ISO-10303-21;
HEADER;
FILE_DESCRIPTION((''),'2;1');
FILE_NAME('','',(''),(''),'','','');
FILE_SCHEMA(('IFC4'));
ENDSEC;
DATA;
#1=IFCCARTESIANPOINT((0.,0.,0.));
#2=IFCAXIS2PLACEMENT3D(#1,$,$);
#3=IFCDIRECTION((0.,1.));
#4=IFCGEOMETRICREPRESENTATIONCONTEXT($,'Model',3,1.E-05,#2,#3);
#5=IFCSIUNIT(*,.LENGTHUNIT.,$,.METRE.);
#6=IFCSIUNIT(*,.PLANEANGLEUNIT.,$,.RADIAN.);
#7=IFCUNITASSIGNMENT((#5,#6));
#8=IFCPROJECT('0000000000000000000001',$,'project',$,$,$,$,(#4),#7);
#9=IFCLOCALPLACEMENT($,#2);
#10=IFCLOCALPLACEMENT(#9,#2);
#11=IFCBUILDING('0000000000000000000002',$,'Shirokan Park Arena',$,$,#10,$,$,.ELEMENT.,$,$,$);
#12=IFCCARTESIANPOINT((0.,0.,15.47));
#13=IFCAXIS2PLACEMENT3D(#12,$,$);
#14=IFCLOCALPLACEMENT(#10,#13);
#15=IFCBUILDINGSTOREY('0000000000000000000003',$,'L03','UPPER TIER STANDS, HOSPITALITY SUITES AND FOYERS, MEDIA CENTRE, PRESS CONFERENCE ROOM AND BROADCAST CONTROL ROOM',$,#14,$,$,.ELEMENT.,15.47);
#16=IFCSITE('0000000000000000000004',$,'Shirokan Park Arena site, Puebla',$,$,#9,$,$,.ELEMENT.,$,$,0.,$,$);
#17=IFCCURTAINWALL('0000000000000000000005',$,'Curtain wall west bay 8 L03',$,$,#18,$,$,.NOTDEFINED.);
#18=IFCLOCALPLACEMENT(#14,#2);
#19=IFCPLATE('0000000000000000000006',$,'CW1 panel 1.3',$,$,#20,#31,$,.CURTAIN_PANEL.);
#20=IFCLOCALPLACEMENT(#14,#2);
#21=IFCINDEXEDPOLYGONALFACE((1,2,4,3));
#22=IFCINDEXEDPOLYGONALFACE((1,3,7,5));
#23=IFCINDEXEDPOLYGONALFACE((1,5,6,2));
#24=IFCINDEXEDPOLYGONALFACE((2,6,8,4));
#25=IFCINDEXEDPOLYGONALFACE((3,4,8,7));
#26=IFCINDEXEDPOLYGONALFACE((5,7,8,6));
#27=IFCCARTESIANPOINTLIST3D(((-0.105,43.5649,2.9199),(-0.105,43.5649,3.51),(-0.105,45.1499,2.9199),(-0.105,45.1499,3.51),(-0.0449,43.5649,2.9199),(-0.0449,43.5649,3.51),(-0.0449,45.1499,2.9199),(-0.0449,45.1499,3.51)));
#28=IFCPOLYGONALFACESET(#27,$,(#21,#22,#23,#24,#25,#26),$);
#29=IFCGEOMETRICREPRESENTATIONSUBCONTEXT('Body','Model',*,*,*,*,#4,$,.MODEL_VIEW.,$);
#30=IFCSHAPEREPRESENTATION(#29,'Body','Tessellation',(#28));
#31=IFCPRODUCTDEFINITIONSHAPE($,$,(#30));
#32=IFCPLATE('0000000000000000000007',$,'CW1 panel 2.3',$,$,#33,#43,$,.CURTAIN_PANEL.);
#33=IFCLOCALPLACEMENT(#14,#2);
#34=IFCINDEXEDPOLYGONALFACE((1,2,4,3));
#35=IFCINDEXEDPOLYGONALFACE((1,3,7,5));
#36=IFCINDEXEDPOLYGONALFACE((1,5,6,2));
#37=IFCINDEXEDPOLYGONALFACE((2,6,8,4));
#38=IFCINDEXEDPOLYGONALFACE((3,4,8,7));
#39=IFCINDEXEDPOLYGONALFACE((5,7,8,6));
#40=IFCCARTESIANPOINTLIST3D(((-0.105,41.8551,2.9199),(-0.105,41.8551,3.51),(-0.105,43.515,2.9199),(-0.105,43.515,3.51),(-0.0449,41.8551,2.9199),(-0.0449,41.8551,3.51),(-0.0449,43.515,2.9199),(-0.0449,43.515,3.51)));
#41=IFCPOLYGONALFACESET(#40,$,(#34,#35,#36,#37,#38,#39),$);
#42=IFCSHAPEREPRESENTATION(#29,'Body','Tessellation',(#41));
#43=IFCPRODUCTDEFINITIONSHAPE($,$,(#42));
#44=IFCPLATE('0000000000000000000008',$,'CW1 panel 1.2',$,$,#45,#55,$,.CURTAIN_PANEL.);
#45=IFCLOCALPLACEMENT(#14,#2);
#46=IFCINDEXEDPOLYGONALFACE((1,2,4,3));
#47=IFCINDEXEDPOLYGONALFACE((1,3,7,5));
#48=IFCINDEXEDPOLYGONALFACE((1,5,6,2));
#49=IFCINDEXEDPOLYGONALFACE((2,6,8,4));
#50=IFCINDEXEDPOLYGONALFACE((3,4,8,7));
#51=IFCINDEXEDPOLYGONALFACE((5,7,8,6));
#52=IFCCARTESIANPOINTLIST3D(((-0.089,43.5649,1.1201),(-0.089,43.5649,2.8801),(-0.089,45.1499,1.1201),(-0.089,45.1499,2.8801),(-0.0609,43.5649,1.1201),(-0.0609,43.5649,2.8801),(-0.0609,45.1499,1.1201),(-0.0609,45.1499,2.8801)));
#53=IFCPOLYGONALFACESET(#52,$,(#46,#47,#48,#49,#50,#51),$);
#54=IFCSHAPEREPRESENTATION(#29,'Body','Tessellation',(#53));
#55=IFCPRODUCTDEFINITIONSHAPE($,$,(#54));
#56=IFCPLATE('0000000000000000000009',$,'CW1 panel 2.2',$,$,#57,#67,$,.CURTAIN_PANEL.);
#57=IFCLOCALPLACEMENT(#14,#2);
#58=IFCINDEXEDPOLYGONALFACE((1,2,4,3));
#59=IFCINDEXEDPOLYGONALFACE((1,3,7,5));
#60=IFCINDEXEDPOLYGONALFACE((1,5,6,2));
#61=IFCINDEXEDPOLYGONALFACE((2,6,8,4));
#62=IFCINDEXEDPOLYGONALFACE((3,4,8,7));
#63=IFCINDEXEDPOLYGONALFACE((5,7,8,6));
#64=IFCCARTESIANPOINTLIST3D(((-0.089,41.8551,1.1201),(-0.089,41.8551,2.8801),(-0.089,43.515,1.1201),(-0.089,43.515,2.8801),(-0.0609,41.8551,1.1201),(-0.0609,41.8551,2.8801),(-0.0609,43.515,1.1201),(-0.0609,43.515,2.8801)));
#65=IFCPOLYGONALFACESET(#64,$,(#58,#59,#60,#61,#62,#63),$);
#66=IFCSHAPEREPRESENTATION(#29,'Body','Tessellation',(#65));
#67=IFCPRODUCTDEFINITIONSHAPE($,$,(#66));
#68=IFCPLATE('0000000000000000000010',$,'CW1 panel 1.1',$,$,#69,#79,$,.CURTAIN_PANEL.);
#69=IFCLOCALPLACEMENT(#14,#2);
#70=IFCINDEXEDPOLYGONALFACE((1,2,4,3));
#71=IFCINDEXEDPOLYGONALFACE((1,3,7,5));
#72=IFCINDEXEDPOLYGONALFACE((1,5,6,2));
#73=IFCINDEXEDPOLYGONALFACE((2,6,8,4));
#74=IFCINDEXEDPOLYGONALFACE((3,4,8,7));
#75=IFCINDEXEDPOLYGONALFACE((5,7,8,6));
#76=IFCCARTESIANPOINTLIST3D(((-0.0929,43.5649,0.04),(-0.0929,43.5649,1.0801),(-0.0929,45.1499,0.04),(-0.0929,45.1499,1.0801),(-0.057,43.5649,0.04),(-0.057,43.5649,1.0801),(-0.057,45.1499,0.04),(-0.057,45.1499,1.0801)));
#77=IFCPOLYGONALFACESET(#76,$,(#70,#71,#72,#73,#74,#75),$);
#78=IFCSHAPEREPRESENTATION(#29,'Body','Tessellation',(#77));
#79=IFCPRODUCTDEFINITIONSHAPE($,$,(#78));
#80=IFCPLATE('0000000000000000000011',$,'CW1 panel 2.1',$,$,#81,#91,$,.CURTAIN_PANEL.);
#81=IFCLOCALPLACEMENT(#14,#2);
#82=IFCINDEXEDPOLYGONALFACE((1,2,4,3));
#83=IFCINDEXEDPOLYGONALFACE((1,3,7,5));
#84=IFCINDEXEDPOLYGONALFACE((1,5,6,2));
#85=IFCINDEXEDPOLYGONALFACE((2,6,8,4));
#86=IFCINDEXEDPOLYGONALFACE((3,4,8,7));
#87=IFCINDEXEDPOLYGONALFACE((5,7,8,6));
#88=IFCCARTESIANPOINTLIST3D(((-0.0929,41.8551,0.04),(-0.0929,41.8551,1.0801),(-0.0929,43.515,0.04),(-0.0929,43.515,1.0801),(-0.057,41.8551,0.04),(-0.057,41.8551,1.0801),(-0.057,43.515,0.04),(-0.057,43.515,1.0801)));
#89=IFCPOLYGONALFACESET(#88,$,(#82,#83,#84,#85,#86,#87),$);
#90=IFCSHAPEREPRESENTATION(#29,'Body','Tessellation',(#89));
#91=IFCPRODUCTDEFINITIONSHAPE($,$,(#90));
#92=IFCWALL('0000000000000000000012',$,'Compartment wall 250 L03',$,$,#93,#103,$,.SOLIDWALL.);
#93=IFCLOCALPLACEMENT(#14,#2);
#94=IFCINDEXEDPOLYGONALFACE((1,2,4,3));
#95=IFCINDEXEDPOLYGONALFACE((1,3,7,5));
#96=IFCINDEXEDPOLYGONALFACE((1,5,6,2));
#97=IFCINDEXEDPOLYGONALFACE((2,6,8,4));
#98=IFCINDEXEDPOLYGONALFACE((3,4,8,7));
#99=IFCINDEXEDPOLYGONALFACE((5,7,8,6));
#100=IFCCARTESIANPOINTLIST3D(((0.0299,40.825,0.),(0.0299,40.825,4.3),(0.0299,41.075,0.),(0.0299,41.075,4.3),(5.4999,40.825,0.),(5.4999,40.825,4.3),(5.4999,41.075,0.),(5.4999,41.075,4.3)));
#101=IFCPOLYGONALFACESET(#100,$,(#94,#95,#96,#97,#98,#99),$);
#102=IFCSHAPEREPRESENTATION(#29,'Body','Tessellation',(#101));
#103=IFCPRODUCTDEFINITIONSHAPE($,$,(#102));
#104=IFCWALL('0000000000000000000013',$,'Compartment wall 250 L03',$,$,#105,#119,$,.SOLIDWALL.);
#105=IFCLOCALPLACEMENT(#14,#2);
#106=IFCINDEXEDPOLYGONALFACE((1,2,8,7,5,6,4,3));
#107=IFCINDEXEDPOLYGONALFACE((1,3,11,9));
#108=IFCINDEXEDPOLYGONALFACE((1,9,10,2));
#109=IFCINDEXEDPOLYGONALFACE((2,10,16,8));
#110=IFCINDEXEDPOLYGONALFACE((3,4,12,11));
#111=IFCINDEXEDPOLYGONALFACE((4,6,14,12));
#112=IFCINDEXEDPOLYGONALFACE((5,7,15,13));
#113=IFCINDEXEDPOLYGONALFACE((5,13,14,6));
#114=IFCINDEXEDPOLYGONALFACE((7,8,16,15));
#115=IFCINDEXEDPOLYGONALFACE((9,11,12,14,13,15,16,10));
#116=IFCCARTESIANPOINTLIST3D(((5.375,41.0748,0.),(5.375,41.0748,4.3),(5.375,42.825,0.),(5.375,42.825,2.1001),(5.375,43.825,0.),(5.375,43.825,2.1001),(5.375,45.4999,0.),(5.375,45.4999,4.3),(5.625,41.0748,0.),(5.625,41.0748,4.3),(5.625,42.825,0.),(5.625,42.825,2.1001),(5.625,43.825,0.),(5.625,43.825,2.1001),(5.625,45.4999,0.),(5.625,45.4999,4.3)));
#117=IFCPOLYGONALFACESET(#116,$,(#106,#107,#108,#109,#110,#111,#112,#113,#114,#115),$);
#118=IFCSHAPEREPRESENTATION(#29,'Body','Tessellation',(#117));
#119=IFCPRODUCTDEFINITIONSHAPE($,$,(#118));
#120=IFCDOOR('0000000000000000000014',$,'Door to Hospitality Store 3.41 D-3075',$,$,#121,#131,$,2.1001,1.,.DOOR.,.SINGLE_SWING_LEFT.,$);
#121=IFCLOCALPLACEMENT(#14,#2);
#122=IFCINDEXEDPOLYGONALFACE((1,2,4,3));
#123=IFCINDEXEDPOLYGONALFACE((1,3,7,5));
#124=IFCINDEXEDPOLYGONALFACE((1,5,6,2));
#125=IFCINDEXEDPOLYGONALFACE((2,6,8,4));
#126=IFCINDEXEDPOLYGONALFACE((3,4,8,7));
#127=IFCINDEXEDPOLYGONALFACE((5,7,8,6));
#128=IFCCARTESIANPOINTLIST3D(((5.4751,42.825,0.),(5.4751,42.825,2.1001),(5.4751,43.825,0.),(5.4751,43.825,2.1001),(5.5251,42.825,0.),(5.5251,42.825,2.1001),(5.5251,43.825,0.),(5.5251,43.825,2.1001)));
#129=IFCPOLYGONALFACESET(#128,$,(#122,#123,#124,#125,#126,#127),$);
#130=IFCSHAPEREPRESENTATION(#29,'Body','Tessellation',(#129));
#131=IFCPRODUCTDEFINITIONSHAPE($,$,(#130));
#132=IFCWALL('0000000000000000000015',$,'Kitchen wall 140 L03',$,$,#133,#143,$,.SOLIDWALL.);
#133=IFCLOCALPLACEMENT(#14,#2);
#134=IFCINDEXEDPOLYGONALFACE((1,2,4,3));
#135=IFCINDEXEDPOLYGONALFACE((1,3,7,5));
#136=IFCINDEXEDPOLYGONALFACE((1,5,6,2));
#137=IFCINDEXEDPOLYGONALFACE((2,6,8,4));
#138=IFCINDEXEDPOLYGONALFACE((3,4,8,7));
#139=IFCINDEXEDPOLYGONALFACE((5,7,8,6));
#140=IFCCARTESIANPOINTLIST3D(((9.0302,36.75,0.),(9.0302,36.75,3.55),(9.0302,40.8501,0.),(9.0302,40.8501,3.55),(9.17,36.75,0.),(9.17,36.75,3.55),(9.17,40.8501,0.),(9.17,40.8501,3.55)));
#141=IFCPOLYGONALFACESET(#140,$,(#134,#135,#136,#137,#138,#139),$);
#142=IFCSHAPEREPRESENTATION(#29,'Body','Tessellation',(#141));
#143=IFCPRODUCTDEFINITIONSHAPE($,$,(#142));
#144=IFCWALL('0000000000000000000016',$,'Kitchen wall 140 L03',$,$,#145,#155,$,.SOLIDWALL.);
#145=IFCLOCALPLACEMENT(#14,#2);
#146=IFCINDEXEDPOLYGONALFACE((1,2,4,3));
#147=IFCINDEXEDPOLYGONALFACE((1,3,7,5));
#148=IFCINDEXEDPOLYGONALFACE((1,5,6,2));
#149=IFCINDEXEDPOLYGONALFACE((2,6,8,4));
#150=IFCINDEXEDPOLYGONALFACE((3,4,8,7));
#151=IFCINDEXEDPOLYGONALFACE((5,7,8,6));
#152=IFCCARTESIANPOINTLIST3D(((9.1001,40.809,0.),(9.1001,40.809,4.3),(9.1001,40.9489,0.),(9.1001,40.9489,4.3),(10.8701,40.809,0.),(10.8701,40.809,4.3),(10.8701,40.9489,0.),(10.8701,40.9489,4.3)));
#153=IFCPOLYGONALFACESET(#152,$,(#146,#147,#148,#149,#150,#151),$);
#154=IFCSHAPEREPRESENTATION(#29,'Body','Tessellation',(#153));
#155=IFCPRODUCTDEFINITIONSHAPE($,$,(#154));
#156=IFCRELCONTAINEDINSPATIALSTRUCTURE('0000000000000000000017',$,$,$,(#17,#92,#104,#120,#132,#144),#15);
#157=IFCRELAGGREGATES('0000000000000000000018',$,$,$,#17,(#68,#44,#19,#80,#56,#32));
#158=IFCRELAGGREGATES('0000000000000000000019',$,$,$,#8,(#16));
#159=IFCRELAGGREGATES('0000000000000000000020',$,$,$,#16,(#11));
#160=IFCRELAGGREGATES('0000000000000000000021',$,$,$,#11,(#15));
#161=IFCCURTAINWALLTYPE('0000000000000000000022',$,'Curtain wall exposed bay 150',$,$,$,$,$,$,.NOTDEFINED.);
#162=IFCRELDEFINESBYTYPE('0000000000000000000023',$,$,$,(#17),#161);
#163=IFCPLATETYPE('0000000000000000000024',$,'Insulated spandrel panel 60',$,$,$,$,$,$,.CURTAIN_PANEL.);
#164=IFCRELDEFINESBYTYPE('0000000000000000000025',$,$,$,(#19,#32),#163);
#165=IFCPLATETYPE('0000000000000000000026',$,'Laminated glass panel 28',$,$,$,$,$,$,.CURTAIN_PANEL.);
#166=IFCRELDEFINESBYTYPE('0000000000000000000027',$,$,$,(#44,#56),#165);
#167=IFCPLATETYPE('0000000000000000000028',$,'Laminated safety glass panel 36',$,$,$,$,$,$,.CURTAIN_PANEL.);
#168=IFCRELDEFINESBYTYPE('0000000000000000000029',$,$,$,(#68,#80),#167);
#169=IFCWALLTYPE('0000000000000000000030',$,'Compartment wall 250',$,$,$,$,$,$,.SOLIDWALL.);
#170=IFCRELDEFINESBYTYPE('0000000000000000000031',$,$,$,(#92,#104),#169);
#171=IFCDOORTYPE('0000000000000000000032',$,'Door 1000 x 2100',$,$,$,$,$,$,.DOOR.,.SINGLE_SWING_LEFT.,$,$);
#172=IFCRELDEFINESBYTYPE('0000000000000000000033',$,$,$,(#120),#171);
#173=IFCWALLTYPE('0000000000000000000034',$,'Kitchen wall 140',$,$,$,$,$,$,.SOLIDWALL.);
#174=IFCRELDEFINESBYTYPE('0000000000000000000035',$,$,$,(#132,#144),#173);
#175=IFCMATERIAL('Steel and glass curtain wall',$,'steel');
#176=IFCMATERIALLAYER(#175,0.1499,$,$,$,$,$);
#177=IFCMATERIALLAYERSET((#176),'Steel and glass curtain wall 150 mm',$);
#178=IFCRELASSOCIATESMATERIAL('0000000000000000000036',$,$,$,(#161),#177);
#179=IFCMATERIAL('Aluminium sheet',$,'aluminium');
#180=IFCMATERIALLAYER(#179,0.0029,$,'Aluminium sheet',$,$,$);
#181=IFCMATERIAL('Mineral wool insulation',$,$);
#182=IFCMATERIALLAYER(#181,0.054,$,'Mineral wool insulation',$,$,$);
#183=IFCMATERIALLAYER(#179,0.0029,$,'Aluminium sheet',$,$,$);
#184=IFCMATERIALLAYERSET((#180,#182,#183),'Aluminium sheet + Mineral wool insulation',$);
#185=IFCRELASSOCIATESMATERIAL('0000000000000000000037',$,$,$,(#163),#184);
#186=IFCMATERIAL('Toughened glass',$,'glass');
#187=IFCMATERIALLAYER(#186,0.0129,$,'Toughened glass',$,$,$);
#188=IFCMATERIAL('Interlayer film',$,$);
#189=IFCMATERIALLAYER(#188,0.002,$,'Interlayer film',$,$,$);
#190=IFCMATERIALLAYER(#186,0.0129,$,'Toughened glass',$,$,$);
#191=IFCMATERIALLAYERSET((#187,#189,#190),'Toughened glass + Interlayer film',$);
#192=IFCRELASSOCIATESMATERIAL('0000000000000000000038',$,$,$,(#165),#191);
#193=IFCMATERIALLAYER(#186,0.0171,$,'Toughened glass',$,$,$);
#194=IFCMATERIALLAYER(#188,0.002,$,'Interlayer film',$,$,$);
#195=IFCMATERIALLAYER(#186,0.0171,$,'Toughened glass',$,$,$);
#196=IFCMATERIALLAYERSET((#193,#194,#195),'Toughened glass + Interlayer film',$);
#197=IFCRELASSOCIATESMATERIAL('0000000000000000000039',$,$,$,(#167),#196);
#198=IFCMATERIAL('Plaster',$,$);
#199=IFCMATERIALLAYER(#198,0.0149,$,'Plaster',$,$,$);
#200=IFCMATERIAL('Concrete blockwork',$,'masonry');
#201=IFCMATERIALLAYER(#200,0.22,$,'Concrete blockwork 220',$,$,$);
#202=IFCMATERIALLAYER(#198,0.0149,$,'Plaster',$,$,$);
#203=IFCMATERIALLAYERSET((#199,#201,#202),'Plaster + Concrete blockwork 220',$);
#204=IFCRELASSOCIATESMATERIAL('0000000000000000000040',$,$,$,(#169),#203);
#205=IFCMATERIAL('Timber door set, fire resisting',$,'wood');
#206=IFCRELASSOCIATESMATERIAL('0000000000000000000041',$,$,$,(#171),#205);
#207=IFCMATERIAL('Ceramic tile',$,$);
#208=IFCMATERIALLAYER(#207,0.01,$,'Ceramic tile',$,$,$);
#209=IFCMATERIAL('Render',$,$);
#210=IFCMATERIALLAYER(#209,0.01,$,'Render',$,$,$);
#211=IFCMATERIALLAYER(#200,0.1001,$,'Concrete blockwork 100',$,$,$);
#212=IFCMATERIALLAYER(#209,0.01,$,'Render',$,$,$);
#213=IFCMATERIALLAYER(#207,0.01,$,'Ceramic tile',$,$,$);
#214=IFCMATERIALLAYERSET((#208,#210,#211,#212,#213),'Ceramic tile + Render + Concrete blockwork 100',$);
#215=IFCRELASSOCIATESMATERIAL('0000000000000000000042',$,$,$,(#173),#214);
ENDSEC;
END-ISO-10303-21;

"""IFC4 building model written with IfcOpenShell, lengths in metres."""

from ifc_helpers import new_model, si_unit, direction, frame, frame_2d, origin, origin_2d, place, context, subcontext, project, spatial, rectangle, extrude, material, layer, layer_set, type_object, element, fill, aggregate, save


model = new_model("IFC4")

# Units and contexts
model_context = context("Model", 3, precision=1e-05, world=origin(), true_north=direction((0.0, 1.0)))
body_context = subcontext(model_context, "Body", "Model", "MODEL_VIEW")
ifc_project = project(units=[si_unit("LENGTHUNIT", "METRE"), si_unit("PLANEANGLEUNIT", "RADIAN")], contexts=[model_context])

# Site, building, storey
site_placement = place(None, origin())
site = spatial("IfcSite", under=ifc_project, at=site_placement, Name="Shirokan Park Arena site, Puebla", CompositionType="ELEMENT", RefElevation=0.0)
building_placement = place(site_placement, origin())
building = spatial("IfcBuilding", under=site, at=building_placement, Name="Shirokan Park Arena", CompositionType="ELEMENT")
storey_placement = place(building_placement, frame((0.0, 0.0, 15.47)))
storey = spatial("IfcBuildingStorey", under=building, at=storey_placement, Name="L03", Description="UPPER TIER STANDS, HOSPITALITY SUITES AND FOYERS, MEDIA CENTRE, PRESS CONFERENCE ROOM AND BROADCAST CONTROL ROOM", CompositionType="ELEMENT", Elevation=15.47)

# Curtain wall
ifc_material_1 = material(Name="Steel and glass curtain wall", Category="steel")
ifc_layer_1 = layer(ifc_material_1, 0.1499)
ifc_layer_set_1 = layer_set([ifc_layer_1], Name="Steel and glass curtain wall 150 mm")
curtain_wall_type = type_object("IfcCurtainWallType", Name="Curtain wall exposed bay 150", PredefinedType="NOTDEFINED", material=ifc_layer_set_1)
curtain_wall_placement = place(storey_placement, origin())
curtain_wall = element("IfcCurtainWall", 1, at=curtain_wall_placement, inside=storey, type_object=curtain_wall_type, Name="Curtain wall west bay 8 L03", PredefinedType="NOTDEFINED")

# Plates
ifc_material_2 = material(Name="Aluminium sheet", Category="aluminium")
ifc_layer_2 = layer(ifc_material_2, 0.0029, Name="Aluminium sheet")
ifc_material_3 = material(Name="Mineral wool insulation")
ifc_layer_3 = layer(ifc_material_3, 0.054, Name="Mineral wool insulation")
ifc_layer_4 = layer(ifc_material_2, 0.0029, Name="Aluminium sheet")
ifc_layer_set_2 = layer_set([ifc_layer_2, ifc_layer_3, ifc_layer_4], Name="Aluminium sheet + Mineral wool insulation")
plate_type_1 = type_object("IfcPlateType", Name="Insulated spandrel panel 60", PredefinedType="CURTAIN_PANEL", material=ifc_layer_set_2)
plate_1_placement = place(storey_placement, frame((-0.075, 44.3574, 2.9199), z_axis=(0.0, 0.0, 1.0), x_axis=(0.0, -1.0, 0.0)))
plate_1 = element("IfcPlate", 2, at=plate_1_placement, type_object=plate_type_1, Name="CW1 panel 1.3", PredefinedType="CURTAIN_PANEL", context=body_context, shape_type="SweptSolid", body=[
    extrude(rectangle(XDim=1.585, YDim=0.0601, at=origin_2d()), origin(), (0.0, 0.0, 1.0), 0.5901),
])
plate_2_placement = place(storey_placement, frame((-0.075, 42.6851, 2.9199), z_axis=(0.0, 0.0, 1.0), x_axis=(0.0, -1.0, 0.0)))
plate_2 = element("IfcPlate", 3, at=plate_2_placement, type_object=plate_type_1, Name="CW1 panel 2.3", PredefinedType="CURTAIN_PANEL", context=body_context, shape_type="SweptSolid", body=[
    extrude(rectangle(XDim=1.6599, YDim=0.0601, at=origin_2d()), origin(), (0.0, 0.0, 1.0), 0.5901),
])
ifc_material_4 = material(Name="Toughened glass", Category="glass")
ifc_layer_5 = layer(ifc_material_4, 0.0129, Name="Toughened glass")
ifc_material_5 = material(Name="Interlayer film")
ifc_layer_6 = layer(ifc_material_5, 0.002, Name="Interlayer film")
ifc_layer_7 = layer(ifc_material_4, 0.0129, Name="Toughened glass")
ifc_layer_set_3 = layer_set([ifc_layer_5, ifc_layer_6, ifc_layer_7], Name="Toughened glass + Interlayer film")
plate_type_2 = type_object("IfcPlateType", Name="Laminated glass panel 28", PredefinedType="CURTAIN_PANEL", material=ifc_layer_set_3)
plate_3_placement = place(storey_placement, frame((-0.075, 44.3574, 1.1201), z_axis=(0.0, 0.0, 1.0), x_axis=(0.0, -1.0, 0.0)))
plate_3 = element("IfcPlate", 4, at=plate_3_placement, type_object=plate_type_2, Name="CW1 panel 1.2", PredefinedType="CURTAIN_PANEL", context=body_context, shape_type="SweptSolid", body=[
    extrude(rectangle(XDim=1.585, YDim=0.0281, at=origin_2d()), origin(), (0.0, 0.0, 1.0), 1.76),
])
plate_4_placement = place(storey_placement, frame((-0.075, 42.6851, 1.1201), z_axis=(0.0, 0.0, 1.0), x_axis=(0.0, -1.0, 0.0)))
plate_4 = element("IfcPlate", 5, at=plate_4_placement, type_object=plate_type_2, Name="CW1 panel 2.2", PredefinedType="CURTAIN_PANEL", context=body_context, shape_type="SweptSolid", body=[
    extrude(rectangle(XDim=1.6599, YDim=0.0281, at=origin_2d()), origin(), (0.0, 0.0, 1.0), 1.76),
])
ifc_layer_8 = layer(ifc_material_4, 0.0171, Name="Toughened glass")
ifc_layer_9 = layer(ifc_material_5, 0.002, Name="Interlayer film")
ifc_layer_10 = layer(ifc_material_4, 0.0171, Name="Toughened glass")
ifc_layer_set_4 = layer_set([ifc_layer_8, ifc_layer_9, ifc_layer_10], Name="Toughened glass + Interlayer film")
plate_type_3 = type_object("IfcPlateType", Name="Laminated safety glass panel 36", PredefinedType="CURTAIN_PANEL", material=ifc_layer_set_4)
plate_5_placement = place(storey_placement, frame((-0.075, 44.3574, 0.04), z_axis=(0.0, 0.0, 1.0), x_axis=(0.0, -1.0, 0.0)))
plate_5 = element("IfcPlate", 6, at=plate_5_placement, type_object=plate_type_3, Name="CW1 panel 1.1", PredefinedType="CURTAIN_PANEL", context=body_context, shape_type="SweptSolid", body=[
    extrude(rectangle(XDim=1.585, YDim=0.0359, at=origin_2d()), origin(), (0.0, 0.0, 1.0), 1.04),
])
plate_6_placement = place(storey_placement, frame((-0.075, 42.6851, 0.04), z_axis=(0.0, 0.0, 1.0), x_axis=(0.0, -1.0, 0.0)))
plate_6 = element("IfcPlate", 7, at=plate_6_placement, type_object=plate_type_3, Name="CW1 panel 2.1", PredefinedType="CURTAIN_PANEL", context=body_context, shape_type="SweptSolid", body=[
    extrude(rectangle(XDim=1.6599, YDim=0.0359, at=origin_2d()), origin(), (0.0, 0.0, 1.0), 1.04),
])
aggregate(curtain_wall, [plate_5, plate_3, plate_1, plate_6, plate_4, plate_2])

# Wall
ifc_material_6 = material(Name="Plaster")
ifc_layer_11 = layer(ifc_material_6, 0.0149, Name="Plaster")
ifc_material_7 = material(Name="Concrete blockwork", Category="masonry")
ifc_layer_12 = layer(ifc_material_7, 0.22, Name="Concrete blockwork 220")
ifc_layer_13 = layer(ifc_material_6, 0.0149, Name="Plaster")
ifc_layer_set_5 = layer_set([ifc_layer_11, ifc_layer_12, ifc_layer_13], Name="Plaster + Concrete blockwork 220")
wall_type_1 = type_object("IfcWallType", Name="Compartment wall 250", PredefinedType="SOLIDWALL", material=ifc_layer_set_5)
wall_1_placement = place(storey_placement, frame((0.03, 40.95, 0.0), z_axis=(0.0, 0.0, 1.0), x_axis=(1.0, 0.0, 0.0)))
element("IfcWall", 8, at=wall_1_placement, inside=storey, type_object=wall_type_1, Name="Compartment wall 250 L03", PredefinedType="SOLIDWALL", context=body_context, shape_type="SweptSolid", body=[
    extrude(rectangle(XDim=5.47, YDim=0.25, at=frame_2d((2.7349, 0.0))), origin(), (0.0, 0.0, 1.0), 4.3),
])

# Wall, opening, door
wall_2_placement = place(storey_placement, frame((5.5, 41.075, 0.0), z_axis=(0.0, 0.0, 1.0), x_axis=(0.0, 1.0, 0.0)))
wall_2 = element("IfcWall", 9, at=wall_2_placement, inside=storey, type_object=wall_type_1, Name="Compartment wall 250 L03", PredefinedType="SOLIDWALL", context=body_context, shape_type="SweptSolid", body=[
    extrude(rectangle(XDim=4.425, YDim=0.25, at=frame_2d((2.2124, 0.0))), origin(), (0.0, 0.0, 1.0), 4.3),
])
opening_1_placement = place(wall_2_placement, frame((1.75, 0.0, 0.0)))
opening_1 = element("IfcOpeningElement", 10, at=opening_1_placement, cuts=wall_2, PredefinedType="OPENING", context=body_context, shape_type="SweptSolid", body=[
    extrude(rectangle(XDim=1.0, YDim=2.1001, at=frame_2d((0.5, 1.05))), frame((0.0, 0.135, 0.0), z_axis=(0.0, -1.0, 0.0), x_axis=(1.0, 0.0, 0.0)), (0.0, 0.0, 1.0), 0.27),
])
ifc_material_8 = material(Name="Timber door set, fire resisting", Category="wood")
door_type_1 = type_object("IfcDoorType", Name="Door 1000 x 2100", OperationType="SINGLE_SWING_LEFT", PredefinedType="DOOR", material=ifc_material_8)
door_1_placement = place(opening_1_placement, origin())
door_1 = element("IfcDoor", 11, at=door_1_placement, inside=storey, type_object=door_type_1, Name="Door to Hospitality Store 3.41 D-3075", OperationType="SINGLE_SWING_LEFT", OverallHeight=2.1001, OverallWidth=1.0, PredefinedType="DOOR", context=body_context, shape_type="SweptSolid", body=[
    extrude(rectangle(XDim=1.0, YDim=2.1001, at=frame_2d((0.5, 1.05))), frame((0.0, 0.0249, 0.0), z_axis=(0.0, -1.0, 0.0), x_axis=(1.0, 0.0, 0.0)), (0.0, 0.0, 1.0), 0.05),
])
fill(opening_1, door_1)

# Walls
ifc_material_9 = material(Name="Ceramic tile")
ifc_layer_14 = layer(ifc_material_9, 0.01, Name="Ceramic tile")
ifc_material_10 = material(Name="Render")
ifc_layer_15 = layer(ifc_material_10, 0.01, Name="Render")
ifc_layer_16 = layer(ifc_material_7, 0.1001, Name="Concrete blockwork 100")
ifc_layer_17 = layer(ifc_material_10, 0.01, Name="Render")
ifc_layer_18 = layer(ifc_material_9, 0.01, Name="Ceramic tile")
ifc_layer_set_6 = layer_set([ifc_layer_14, ifc_layer_15, ifc_layer_16, ifc_layer_17, ifc_layer_18], Name="Ceramic tile + Render + Concrete blockwork 100")
wall_type_2 = type_object("IfcWallType", Name="Kitchen wall 140", PredefinedType="SOLIDWALL", material=ifc_layer_set_6)
wall_3_placement = place(storey_placement, frame((9.1001, 36.75, 0.0), z_axis=(0.0, 0.0, 1.0), x_axis=(0.0, 1.0, 0.0)))
element("IfcWall", 12, at=wall_3_placement, inside=storey, type_object=wall_type_2, Name="Kitchen wall 140 L03", PredefinedType="SOLIDWALL", context=body_context, shape_type="SweptSolid", body=[
    extrude(rectangle(XDim=4.1001, YDim=0.1399, at=frame_2d((2.05, 0.0))), origin(), (0.0, 0.0, 1.0), 3.55),
])
wall_4_placement = place(storey_placement, frame((9.1001, 40.8789, 0.0), z_axis=(0.0, 0.0, 1.0), x_axis=(1.0, 0.0, 0.0)))
element("IfcWall", 13, at=wall_4_placement, inside=storey, type_object=wall_type_2, Name="Kitchen wall 140 L03", PredefinedType="SOLIDWALL", context=body_context, shape_type="SweptSolid", body=[
    extrude(rectangle(XDim=1.77, YDim=0.1399, at=frame_2d((0.885, 0.0))), origin(), (0.0, 0.0, 1.0), 4.3),
])

save(model, "model.ifc")
